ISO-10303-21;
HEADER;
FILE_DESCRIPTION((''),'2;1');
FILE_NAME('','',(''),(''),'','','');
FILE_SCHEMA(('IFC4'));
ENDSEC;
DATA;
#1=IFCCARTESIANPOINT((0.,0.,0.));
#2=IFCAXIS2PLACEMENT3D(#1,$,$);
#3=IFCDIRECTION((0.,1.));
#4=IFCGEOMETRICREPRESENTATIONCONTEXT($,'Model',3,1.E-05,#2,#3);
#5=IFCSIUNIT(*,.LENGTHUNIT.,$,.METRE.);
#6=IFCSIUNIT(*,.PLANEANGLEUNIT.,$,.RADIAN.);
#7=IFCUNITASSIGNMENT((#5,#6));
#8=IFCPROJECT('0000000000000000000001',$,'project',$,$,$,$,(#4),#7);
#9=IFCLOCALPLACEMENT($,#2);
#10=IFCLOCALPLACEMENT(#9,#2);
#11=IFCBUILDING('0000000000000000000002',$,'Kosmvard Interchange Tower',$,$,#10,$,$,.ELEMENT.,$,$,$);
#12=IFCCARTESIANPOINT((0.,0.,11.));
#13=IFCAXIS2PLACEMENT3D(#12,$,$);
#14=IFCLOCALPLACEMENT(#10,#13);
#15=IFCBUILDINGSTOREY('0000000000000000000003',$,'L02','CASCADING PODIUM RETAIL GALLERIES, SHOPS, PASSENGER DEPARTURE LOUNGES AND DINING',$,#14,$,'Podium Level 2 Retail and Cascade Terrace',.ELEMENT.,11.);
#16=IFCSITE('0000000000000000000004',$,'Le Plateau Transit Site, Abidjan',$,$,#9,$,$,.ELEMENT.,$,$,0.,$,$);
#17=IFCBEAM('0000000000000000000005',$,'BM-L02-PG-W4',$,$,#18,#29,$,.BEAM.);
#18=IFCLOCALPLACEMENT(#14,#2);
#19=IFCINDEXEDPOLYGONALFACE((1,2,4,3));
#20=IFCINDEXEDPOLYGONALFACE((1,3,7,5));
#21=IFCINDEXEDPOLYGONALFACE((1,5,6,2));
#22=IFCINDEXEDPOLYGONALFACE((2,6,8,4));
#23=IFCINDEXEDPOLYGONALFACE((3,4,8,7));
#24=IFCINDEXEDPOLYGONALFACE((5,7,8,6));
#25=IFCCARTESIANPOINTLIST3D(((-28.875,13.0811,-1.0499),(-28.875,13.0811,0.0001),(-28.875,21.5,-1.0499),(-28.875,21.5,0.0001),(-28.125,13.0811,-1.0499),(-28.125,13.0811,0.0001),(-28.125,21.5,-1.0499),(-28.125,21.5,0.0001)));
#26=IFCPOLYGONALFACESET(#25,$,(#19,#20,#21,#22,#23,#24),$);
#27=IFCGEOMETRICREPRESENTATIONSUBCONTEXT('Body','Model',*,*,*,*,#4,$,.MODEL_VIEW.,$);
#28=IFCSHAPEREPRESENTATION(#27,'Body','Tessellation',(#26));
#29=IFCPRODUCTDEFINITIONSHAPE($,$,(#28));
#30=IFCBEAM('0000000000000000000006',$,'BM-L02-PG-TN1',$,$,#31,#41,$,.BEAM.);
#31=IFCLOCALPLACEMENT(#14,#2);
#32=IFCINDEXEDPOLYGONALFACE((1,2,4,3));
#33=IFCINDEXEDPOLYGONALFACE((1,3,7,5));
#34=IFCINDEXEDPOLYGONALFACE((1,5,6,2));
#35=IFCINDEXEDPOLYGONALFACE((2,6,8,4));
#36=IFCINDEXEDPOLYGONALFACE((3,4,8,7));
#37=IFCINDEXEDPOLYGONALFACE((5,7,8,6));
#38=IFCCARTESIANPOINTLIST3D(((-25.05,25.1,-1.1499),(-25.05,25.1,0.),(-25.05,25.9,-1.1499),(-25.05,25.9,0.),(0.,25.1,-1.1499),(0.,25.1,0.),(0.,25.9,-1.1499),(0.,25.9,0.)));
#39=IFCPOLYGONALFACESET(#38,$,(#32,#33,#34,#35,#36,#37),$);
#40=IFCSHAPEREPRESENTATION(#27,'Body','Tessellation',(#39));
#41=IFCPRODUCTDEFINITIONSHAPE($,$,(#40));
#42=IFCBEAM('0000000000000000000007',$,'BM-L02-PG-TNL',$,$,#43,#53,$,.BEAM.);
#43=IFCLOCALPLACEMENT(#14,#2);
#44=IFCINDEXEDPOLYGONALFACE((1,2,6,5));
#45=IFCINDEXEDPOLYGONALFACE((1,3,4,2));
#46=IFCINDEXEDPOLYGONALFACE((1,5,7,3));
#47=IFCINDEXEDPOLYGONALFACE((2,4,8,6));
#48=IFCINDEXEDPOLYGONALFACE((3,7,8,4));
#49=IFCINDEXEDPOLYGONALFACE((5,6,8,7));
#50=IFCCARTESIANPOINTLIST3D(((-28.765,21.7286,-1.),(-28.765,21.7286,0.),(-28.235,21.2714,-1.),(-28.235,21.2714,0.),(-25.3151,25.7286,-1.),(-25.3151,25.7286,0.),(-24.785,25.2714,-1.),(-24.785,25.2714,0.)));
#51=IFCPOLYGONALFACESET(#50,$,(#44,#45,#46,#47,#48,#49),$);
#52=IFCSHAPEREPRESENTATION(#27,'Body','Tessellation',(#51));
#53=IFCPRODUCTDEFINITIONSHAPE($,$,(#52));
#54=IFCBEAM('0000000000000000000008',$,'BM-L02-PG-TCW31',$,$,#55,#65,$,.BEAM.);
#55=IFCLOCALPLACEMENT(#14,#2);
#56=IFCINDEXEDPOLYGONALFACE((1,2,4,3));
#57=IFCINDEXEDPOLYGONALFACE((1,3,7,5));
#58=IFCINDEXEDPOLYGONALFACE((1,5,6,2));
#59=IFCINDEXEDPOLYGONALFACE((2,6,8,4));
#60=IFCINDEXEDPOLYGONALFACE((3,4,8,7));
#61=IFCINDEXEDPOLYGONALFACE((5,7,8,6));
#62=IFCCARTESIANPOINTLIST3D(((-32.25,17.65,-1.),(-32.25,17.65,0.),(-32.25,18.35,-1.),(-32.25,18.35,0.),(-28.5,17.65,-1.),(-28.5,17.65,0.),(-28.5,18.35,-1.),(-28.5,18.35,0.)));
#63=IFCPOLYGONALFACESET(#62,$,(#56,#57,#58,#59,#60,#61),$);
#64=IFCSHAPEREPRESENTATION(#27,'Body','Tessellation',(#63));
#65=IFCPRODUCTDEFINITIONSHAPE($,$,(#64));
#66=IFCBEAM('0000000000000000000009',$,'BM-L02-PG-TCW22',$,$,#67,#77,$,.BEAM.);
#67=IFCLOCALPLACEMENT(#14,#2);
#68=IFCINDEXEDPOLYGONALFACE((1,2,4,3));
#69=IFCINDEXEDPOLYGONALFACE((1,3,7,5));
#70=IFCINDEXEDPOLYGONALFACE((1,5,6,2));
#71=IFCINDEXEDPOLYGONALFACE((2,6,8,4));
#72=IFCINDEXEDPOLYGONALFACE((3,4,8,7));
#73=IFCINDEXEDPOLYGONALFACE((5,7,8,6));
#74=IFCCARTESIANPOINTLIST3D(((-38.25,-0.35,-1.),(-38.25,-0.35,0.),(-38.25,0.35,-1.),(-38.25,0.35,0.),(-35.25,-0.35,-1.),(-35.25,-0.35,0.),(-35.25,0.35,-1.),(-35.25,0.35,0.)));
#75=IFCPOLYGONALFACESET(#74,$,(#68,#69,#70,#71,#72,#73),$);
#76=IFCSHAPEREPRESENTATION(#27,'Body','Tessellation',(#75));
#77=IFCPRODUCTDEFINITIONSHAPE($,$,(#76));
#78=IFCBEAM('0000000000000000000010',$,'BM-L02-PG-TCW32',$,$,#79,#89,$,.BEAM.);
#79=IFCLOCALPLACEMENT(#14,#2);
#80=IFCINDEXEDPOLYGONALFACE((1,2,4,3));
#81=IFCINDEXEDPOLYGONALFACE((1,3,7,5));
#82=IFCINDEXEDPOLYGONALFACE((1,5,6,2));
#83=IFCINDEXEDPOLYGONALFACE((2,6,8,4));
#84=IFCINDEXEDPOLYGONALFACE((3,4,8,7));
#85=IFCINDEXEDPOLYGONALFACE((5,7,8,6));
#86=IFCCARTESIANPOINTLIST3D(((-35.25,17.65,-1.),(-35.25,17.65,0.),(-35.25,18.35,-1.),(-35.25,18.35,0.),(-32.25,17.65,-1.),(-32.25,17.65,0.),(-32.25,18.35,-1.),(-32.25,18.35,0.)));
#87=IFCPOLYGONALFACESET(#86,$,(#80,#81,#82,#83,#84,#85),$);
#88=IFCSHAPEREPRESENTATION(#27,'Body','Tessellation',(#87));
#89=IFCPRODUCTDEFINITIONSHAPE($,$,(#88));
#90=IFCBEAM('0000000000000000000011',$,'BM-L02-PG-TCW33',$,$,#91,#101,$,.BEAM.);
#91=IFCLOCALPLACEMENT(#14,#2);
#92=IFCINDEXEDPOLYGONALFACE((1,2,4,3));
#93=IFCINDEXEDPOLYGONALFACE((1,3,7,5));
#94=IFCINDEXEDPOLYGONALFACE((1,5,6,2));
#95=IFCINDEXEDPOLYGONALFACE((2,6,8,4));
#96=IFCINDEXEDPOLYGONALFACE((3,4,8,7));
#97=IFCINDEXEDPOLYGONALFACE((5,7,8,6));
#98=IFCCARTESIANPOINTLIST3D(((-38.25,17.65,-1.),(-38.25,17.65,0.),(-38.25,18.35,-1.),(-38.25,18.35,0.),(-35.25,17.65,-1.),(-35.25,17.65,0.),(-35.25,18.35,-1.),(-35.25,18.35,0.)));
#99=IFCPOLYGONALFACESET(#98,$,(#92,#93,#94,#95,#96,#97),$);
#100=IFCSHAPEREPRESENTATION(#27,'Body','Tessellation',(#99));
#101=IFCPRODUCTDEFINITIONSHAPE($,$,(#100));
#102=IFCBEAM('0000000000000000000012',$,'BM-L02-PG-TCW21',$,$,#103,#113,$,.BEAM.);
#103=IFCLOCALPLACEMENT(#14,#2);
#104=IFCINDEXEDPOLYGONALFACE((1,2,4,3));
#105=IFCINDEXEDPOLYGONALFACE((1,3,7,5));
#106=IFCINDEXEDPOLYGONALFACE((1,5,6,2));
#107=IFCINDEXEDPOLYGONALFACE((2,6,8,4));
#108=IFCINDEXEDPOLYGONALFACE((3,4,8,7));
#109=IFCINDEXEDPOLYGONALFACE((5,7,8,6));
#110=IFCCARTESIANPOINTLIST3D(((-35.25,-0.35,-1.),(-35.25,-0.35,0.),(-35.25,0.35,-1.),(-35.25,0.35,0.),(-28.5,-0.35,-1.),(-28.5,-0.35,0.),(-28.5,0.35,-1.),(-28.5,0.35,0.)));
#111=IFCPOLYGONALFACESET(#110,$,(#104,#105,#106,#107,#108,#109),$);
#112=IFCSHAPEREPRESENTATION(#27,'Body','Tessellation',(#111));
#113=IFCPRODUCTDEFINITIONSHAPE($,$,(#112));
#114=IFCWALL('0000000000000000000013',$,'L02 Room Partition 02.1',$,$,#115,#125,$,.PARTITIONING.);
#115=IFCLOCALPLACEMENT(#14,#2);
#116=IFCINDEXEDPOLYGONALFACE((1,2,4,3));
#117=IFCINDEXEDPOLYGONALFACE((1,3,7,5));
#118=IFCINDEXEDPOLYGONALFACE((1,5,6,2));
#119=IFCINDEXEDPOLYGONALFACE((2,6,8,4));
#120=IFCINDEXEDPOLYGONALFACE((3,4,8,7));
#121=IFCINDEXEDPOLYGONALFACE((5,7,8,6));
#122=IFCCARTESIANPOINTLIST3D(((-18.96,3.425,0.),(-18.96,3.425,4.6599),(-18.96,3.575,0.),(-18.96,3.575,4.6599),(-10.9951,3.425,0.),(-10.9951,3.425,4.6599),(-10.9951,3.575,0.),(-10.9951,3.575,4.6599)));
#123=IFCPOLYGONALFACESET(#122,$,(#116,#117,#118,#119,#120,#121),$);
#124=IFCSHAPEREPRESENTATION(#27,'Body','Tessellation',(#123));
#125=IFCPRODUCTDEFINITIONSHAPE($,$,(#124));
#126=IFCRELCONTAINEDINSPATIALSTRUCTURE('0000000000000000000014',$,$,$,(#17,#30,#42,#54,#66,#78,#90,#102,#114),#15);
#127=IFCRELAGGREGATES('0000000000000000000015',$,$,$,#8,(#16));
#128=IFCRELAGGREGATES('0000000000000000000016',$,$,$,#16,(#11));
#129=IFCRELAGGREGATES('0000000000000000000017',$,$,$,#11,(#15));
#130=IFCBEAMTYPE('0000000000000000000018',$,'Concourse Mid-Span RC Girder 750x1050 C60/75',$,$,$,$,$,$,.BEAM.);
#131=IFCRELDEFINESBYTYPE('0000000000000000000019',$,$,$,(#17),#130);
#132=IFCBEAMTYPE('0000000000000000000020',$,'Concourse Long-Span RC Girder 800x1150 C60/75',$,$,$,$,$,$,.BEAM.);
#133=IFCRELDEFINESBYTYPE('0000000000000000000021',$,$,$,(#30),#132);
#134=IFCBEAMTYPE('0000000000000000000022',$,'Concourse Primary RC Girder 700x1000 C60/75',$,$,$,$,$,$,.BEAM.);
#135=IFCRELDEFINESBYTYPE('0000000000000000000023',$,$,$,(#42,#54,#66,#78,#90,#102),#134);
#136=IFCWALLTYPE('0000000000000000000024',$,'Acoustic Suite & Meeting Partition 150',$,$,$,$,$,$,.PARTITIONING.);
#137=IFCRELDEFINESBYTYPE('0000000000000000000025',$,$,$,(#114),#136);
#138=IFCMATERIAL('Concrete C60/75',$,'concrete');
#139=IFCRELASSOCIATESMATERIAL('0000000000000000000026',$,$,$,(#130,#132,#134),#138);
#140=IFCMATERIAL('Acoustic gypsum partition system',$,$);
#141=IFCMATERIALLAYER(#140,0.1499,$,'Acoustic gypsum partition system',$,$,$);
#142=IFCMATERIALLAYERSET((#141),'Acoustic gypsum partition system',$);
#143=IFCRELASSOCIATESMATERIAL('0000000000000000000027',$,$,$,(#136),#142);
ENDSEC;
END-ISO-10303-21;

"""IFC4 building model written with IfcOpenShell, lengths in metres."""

from ifc_helpers import new_model, si_unit, direction, frame, frame_2d, origin, origin_2d, place, context, subcontext, project, spatial, rectangle, extrude, source, transform, mapped, material, layer, layer_set, material_profile, profile_set, type_object, element, save


model = new_model("IFC4")

# Units and contexts
model_context = context("Model", 3, precision=1e-05, world=origin(), true_north=direction((0.0, 1.0)))
body_context = subcontext(model_context, "Body", "Model", "MODEL_VIEW")
ifc_project = project(units=[si_unit("LENGTHUNIT", "METRE"), si_unit("PLANEANGLEUNIT", "RADIAN")], contexts=[model_context])

# Site, building, storey
site_placement = place(None, origin())
site = spatial("IfcSite", under=ifc_project, at=site_placement, Name="Le Plateau Transit Site, Abidjan", CompositionType="ELEMENT", RefElevation=0.0)
building_placement = place(site_placement, origin())
building = spatial("IfcBuilding", under=site, at=building_placement, Name="Kosmvard Interchange Tower", CompositionType="ELEMENT")
storey_placement = place(building_placement, frame((0.0, 0.0, 11.0)))
storey = spatial("IfcBuildingStorey", under=building, at=storey_placement, Name="L02", Description="CASCADING PODIUM RETAIL GALLERIES, SHOPS, PASSENGER DEPARTURE LOUNGES AND DINING", LongName="Podium Level 2 Retail and Cascade Terrace", CompositionType="ELEMENT", Elevation=11.0)

# Shared definitions
ifc_material_1 = material(Name="Concrete C60/75", Category="concrete")

# Beams
ifc_material_profile_1 = material_profile(ifc_material_1, rectangle(XDim=0.75, YDim=1.05, at=origin_2d()), Name="RCG 750x1050")
ifc_profile_set_1 = profile_set([ifc_material_profile_1], Name="Concrete C60/75")
beam_type_1 = type_object("IfcBeamType", Name="Concourse Mid-Span RC Girder 750x1050 C60/75", PredefinedType="BEAM", material=ifc_profile_set_1)
shared_shape_1 = source(origin(), body_context, "Body", "SweptSolid", [
    extrude(rectangle(XDim=0.75, YDim=1.05, at=origin_2d()), origin(), (0.0, 0.0, 1.0), 8.4189),
])
beam_1_placement = place(storey_placement, frame((-28.5, 13.0811, -0.5249), z_axis=(0.0, 1.0, 0.0), x_axis=(-1.0, 0.0, 0.0)))
element("IfcBeam", 1, at=beam_1_placement, inside=storey, type_object=beam_type_1, Name="BM-L02-PG-W4", PredefinedType="BEAM", context=body_context, shape_type="MappedRepresentation", body=[
    mapped(shared_shape_1, transform((0.0, 0.0, 0.0), scale=1.0)),
])
ifc_material_profile_2 = material_profile(ifc_material_1, rectangle(XDim=0.8, YDim=1.1499, at=origin_2d()), Name="RCG 800x1150")
ifc_profile_set_2 = profile_set([ifc_material_profile_2], Name="Concrete C60/75")
beam_type_2 = type_object("IfcBeamType", Name="Concourse Long-Span RC Girder 800x1150 C60/75", PredefinedType="BEAM", material=ifc_profile_set_2)
shared_shape_2 = source(origin(), body_context, "Body", "SweptSolid", [
    extrude(rectangle(XDim=0.8, YDim=1.1499, at=origin_2d()), origin(), (0.0, 0.0, 1.0), 25.05),
])
beam_2_placement = place(storey_placement, frame((-25.05, 25.5, -0.575), z_axis=(1.0, 0.0, 0.0), x_axis=(0.0, 1.0, 0.0)))
element("IfcBeam", 2, at=beam_2_placement, inside=storey, type_object=beam_type_2, Name="BM-L02-PG-TN1", PredefinedType="BEAM", context=body_context, shape_type="MappedRepresentation", body=[
    mapped(shared_shape_2, transform((0.0, 0.0, 0.0), scale=1.0)),
])
ifc_material_profile_3 = material_profile(ifc_material_1, rectangle(XDim=0.7, YDim=1.0, at=origin_2d()), Name="RCG 700x1000")
ifc_profile_set_3 = profile_set([ifc_material_profile_3], Name="Concrete C60/75")
beam_type_3 = type_object("IfcBeamType", Name="Concourse Primary RC Girder 700x1000 C60/75", PredefinedType="BEAM", material=ifc_profile_set_3)
shared_shape_3 = source(origin(), body_context, "Body", "SweptSolid", [
    extrude(rectangle(XDim=0.7, YDim=1.0, at=origin_2d()), origin(), (0.0, 0.0, 1.0), 5.2822),
])
beam_3_placement = place(storey_placement, frame((-25.05, 25.5, -0.5), z_axis=(-0.653122, -0.757253, 0.0), x_axis=(0.757253, -0.653122, 0.0)))
element("IfcBeam", 3, at=beam_3_placement, inside=storey, type_object=beam_type_3, Name="BM-L02-PG-TNL", PredefinedType="BEAM", context=body_context, shape_type="MappedRepresentation", body=[
    mapped(shared_shape_3, transform((0.0, 0.0, 0.0), scale=1.0)),
])
shared_shape_4 = source(origin(), body_context, "Body", "SweptSolid", [
    extrude(rectangle(XDim=0.7, YDim=1.0, at=origin_2d()), origin(), (0.0, 0.0, 1.0), 3.75),
])
beam_4_placement = place(storey_placement, frame((-28.5, 18.0, -0.5), z_axis=(-1.0, 0.0, 0.0), x_axis=(0.0, -1.0, 0.0)))
element("IfcBeam", 4, at=beam_4_placement, inside=storey, type_object=beam_type_3, Name="BM-L02-PG-TCW31", PredefinedType="BEAM", context=body_context, shape_type="MappedRepresentation", body=[
    mapped(shared_shape_4, transform((0.0, 0.0, 0.0), scale=1.0)),
])
shared_shape_5 = source(origin(), body_context, "Body", "SweptSolid", [
    extrude(rectangle(XDim=0.7, YDim=1.0, at=origin_2d()), origin(), (0.0, 0.0, 1.0), 3.0),
])
for number, where, z_axis, x_axis, name in (
    (5, (-35.25, 0.0, -0.5), (-1.0, 0.0, 0.0), (0.0, -1.0, 0.0), "BM-L02-PG-TCW22"),
    (6, (-32.25, 18.0, -0.5), (-1.0, 0.0, 0.0), (0.0, -1.0, 0.0), "BM-L02-PG-TCW32"),
    (7, (-35.25, 18.0, -0.5), (-1.0, 0.0, 0.0), (0.0, -1.0, 0.0), "BM-L02-PG-TCW33"),
):
    element("IfcBeam", number, at=place(storey_placement, frame(where, z_axis=z_axis, x_axis=x_axis)), inside=storey, type_object=beam_type_3, Name=name, PredefinedType="BEAM", context=body_context, shape_type="MappedRepresentation", body=[
        mapped(shared_shape_5, transform((0.0, 0.0, 0.0), scale=1.0)),
    ])
shared_shape_6 = source(origin(), body_context, "Body", "SweptSolid", [
    extrude(rectangle(XDim=0.7, YDim=1.0, at=origin_2d()), origin(), (0.0, 0.0, 1.0), 6.75),
])
beam_5_placement = place(storey_placement, frame((-28.5, 0.0, -0.5), z_axis=(-1.0, 0.0, 0.0), x_axis=(0.0, -1.0, 0.0)))
element("IfcBeam", 8, at=beam_5_placement, inside=storey, type_object=beam_type_3, Name="BM-L02-PG-TCW21", PredefinedType="BEAM", context=body_context, shape_type="MappedRepresentation", body=[
    mapped(shared_shape_6, transform((0.0, 0.0, 0.0), scale=1.0)),
])

# Wall
ifc_material_2 = material(Name="Acoustic gypsum partition system")
ifc_layer_1 = layer(ifc_material_2, 0.1499, Name="Acoustic gypsum partition system")
ifc_layer_set_1 = layer_set([ifc_layer_1], Name="Acoustic gypsum partition system")
wall_type_1 = type_object("IfcWallType", Name="Acoustic Suite & Meeting Partition 150", PredefinedType="PARTITIONING", material=ifc_layer_set_1)
wall_1_placement = place(storey_placement, frame((-18.96, 3.5, 0.0), z_axis=(0.0, 0.0, 1.0), x_axis=(1.0, 0.0, 0.0)))
element("IfcWall", 9, at=wall_1_placement, inside=storey, type_object=wall_type_1, Name="L02 Room Partition 02.1", PredefinedType="PARTITIONING", context=body_context, shape_type="SweptSolid", body=[
    extrude(rectangle(XDim=7.9648, YDim=0.1499, at=frame_2d((3.9824, 0.0))), origin(), (0.0, 0.0, 1.0), 4.6599),
])

save(model, "model.ifc")
